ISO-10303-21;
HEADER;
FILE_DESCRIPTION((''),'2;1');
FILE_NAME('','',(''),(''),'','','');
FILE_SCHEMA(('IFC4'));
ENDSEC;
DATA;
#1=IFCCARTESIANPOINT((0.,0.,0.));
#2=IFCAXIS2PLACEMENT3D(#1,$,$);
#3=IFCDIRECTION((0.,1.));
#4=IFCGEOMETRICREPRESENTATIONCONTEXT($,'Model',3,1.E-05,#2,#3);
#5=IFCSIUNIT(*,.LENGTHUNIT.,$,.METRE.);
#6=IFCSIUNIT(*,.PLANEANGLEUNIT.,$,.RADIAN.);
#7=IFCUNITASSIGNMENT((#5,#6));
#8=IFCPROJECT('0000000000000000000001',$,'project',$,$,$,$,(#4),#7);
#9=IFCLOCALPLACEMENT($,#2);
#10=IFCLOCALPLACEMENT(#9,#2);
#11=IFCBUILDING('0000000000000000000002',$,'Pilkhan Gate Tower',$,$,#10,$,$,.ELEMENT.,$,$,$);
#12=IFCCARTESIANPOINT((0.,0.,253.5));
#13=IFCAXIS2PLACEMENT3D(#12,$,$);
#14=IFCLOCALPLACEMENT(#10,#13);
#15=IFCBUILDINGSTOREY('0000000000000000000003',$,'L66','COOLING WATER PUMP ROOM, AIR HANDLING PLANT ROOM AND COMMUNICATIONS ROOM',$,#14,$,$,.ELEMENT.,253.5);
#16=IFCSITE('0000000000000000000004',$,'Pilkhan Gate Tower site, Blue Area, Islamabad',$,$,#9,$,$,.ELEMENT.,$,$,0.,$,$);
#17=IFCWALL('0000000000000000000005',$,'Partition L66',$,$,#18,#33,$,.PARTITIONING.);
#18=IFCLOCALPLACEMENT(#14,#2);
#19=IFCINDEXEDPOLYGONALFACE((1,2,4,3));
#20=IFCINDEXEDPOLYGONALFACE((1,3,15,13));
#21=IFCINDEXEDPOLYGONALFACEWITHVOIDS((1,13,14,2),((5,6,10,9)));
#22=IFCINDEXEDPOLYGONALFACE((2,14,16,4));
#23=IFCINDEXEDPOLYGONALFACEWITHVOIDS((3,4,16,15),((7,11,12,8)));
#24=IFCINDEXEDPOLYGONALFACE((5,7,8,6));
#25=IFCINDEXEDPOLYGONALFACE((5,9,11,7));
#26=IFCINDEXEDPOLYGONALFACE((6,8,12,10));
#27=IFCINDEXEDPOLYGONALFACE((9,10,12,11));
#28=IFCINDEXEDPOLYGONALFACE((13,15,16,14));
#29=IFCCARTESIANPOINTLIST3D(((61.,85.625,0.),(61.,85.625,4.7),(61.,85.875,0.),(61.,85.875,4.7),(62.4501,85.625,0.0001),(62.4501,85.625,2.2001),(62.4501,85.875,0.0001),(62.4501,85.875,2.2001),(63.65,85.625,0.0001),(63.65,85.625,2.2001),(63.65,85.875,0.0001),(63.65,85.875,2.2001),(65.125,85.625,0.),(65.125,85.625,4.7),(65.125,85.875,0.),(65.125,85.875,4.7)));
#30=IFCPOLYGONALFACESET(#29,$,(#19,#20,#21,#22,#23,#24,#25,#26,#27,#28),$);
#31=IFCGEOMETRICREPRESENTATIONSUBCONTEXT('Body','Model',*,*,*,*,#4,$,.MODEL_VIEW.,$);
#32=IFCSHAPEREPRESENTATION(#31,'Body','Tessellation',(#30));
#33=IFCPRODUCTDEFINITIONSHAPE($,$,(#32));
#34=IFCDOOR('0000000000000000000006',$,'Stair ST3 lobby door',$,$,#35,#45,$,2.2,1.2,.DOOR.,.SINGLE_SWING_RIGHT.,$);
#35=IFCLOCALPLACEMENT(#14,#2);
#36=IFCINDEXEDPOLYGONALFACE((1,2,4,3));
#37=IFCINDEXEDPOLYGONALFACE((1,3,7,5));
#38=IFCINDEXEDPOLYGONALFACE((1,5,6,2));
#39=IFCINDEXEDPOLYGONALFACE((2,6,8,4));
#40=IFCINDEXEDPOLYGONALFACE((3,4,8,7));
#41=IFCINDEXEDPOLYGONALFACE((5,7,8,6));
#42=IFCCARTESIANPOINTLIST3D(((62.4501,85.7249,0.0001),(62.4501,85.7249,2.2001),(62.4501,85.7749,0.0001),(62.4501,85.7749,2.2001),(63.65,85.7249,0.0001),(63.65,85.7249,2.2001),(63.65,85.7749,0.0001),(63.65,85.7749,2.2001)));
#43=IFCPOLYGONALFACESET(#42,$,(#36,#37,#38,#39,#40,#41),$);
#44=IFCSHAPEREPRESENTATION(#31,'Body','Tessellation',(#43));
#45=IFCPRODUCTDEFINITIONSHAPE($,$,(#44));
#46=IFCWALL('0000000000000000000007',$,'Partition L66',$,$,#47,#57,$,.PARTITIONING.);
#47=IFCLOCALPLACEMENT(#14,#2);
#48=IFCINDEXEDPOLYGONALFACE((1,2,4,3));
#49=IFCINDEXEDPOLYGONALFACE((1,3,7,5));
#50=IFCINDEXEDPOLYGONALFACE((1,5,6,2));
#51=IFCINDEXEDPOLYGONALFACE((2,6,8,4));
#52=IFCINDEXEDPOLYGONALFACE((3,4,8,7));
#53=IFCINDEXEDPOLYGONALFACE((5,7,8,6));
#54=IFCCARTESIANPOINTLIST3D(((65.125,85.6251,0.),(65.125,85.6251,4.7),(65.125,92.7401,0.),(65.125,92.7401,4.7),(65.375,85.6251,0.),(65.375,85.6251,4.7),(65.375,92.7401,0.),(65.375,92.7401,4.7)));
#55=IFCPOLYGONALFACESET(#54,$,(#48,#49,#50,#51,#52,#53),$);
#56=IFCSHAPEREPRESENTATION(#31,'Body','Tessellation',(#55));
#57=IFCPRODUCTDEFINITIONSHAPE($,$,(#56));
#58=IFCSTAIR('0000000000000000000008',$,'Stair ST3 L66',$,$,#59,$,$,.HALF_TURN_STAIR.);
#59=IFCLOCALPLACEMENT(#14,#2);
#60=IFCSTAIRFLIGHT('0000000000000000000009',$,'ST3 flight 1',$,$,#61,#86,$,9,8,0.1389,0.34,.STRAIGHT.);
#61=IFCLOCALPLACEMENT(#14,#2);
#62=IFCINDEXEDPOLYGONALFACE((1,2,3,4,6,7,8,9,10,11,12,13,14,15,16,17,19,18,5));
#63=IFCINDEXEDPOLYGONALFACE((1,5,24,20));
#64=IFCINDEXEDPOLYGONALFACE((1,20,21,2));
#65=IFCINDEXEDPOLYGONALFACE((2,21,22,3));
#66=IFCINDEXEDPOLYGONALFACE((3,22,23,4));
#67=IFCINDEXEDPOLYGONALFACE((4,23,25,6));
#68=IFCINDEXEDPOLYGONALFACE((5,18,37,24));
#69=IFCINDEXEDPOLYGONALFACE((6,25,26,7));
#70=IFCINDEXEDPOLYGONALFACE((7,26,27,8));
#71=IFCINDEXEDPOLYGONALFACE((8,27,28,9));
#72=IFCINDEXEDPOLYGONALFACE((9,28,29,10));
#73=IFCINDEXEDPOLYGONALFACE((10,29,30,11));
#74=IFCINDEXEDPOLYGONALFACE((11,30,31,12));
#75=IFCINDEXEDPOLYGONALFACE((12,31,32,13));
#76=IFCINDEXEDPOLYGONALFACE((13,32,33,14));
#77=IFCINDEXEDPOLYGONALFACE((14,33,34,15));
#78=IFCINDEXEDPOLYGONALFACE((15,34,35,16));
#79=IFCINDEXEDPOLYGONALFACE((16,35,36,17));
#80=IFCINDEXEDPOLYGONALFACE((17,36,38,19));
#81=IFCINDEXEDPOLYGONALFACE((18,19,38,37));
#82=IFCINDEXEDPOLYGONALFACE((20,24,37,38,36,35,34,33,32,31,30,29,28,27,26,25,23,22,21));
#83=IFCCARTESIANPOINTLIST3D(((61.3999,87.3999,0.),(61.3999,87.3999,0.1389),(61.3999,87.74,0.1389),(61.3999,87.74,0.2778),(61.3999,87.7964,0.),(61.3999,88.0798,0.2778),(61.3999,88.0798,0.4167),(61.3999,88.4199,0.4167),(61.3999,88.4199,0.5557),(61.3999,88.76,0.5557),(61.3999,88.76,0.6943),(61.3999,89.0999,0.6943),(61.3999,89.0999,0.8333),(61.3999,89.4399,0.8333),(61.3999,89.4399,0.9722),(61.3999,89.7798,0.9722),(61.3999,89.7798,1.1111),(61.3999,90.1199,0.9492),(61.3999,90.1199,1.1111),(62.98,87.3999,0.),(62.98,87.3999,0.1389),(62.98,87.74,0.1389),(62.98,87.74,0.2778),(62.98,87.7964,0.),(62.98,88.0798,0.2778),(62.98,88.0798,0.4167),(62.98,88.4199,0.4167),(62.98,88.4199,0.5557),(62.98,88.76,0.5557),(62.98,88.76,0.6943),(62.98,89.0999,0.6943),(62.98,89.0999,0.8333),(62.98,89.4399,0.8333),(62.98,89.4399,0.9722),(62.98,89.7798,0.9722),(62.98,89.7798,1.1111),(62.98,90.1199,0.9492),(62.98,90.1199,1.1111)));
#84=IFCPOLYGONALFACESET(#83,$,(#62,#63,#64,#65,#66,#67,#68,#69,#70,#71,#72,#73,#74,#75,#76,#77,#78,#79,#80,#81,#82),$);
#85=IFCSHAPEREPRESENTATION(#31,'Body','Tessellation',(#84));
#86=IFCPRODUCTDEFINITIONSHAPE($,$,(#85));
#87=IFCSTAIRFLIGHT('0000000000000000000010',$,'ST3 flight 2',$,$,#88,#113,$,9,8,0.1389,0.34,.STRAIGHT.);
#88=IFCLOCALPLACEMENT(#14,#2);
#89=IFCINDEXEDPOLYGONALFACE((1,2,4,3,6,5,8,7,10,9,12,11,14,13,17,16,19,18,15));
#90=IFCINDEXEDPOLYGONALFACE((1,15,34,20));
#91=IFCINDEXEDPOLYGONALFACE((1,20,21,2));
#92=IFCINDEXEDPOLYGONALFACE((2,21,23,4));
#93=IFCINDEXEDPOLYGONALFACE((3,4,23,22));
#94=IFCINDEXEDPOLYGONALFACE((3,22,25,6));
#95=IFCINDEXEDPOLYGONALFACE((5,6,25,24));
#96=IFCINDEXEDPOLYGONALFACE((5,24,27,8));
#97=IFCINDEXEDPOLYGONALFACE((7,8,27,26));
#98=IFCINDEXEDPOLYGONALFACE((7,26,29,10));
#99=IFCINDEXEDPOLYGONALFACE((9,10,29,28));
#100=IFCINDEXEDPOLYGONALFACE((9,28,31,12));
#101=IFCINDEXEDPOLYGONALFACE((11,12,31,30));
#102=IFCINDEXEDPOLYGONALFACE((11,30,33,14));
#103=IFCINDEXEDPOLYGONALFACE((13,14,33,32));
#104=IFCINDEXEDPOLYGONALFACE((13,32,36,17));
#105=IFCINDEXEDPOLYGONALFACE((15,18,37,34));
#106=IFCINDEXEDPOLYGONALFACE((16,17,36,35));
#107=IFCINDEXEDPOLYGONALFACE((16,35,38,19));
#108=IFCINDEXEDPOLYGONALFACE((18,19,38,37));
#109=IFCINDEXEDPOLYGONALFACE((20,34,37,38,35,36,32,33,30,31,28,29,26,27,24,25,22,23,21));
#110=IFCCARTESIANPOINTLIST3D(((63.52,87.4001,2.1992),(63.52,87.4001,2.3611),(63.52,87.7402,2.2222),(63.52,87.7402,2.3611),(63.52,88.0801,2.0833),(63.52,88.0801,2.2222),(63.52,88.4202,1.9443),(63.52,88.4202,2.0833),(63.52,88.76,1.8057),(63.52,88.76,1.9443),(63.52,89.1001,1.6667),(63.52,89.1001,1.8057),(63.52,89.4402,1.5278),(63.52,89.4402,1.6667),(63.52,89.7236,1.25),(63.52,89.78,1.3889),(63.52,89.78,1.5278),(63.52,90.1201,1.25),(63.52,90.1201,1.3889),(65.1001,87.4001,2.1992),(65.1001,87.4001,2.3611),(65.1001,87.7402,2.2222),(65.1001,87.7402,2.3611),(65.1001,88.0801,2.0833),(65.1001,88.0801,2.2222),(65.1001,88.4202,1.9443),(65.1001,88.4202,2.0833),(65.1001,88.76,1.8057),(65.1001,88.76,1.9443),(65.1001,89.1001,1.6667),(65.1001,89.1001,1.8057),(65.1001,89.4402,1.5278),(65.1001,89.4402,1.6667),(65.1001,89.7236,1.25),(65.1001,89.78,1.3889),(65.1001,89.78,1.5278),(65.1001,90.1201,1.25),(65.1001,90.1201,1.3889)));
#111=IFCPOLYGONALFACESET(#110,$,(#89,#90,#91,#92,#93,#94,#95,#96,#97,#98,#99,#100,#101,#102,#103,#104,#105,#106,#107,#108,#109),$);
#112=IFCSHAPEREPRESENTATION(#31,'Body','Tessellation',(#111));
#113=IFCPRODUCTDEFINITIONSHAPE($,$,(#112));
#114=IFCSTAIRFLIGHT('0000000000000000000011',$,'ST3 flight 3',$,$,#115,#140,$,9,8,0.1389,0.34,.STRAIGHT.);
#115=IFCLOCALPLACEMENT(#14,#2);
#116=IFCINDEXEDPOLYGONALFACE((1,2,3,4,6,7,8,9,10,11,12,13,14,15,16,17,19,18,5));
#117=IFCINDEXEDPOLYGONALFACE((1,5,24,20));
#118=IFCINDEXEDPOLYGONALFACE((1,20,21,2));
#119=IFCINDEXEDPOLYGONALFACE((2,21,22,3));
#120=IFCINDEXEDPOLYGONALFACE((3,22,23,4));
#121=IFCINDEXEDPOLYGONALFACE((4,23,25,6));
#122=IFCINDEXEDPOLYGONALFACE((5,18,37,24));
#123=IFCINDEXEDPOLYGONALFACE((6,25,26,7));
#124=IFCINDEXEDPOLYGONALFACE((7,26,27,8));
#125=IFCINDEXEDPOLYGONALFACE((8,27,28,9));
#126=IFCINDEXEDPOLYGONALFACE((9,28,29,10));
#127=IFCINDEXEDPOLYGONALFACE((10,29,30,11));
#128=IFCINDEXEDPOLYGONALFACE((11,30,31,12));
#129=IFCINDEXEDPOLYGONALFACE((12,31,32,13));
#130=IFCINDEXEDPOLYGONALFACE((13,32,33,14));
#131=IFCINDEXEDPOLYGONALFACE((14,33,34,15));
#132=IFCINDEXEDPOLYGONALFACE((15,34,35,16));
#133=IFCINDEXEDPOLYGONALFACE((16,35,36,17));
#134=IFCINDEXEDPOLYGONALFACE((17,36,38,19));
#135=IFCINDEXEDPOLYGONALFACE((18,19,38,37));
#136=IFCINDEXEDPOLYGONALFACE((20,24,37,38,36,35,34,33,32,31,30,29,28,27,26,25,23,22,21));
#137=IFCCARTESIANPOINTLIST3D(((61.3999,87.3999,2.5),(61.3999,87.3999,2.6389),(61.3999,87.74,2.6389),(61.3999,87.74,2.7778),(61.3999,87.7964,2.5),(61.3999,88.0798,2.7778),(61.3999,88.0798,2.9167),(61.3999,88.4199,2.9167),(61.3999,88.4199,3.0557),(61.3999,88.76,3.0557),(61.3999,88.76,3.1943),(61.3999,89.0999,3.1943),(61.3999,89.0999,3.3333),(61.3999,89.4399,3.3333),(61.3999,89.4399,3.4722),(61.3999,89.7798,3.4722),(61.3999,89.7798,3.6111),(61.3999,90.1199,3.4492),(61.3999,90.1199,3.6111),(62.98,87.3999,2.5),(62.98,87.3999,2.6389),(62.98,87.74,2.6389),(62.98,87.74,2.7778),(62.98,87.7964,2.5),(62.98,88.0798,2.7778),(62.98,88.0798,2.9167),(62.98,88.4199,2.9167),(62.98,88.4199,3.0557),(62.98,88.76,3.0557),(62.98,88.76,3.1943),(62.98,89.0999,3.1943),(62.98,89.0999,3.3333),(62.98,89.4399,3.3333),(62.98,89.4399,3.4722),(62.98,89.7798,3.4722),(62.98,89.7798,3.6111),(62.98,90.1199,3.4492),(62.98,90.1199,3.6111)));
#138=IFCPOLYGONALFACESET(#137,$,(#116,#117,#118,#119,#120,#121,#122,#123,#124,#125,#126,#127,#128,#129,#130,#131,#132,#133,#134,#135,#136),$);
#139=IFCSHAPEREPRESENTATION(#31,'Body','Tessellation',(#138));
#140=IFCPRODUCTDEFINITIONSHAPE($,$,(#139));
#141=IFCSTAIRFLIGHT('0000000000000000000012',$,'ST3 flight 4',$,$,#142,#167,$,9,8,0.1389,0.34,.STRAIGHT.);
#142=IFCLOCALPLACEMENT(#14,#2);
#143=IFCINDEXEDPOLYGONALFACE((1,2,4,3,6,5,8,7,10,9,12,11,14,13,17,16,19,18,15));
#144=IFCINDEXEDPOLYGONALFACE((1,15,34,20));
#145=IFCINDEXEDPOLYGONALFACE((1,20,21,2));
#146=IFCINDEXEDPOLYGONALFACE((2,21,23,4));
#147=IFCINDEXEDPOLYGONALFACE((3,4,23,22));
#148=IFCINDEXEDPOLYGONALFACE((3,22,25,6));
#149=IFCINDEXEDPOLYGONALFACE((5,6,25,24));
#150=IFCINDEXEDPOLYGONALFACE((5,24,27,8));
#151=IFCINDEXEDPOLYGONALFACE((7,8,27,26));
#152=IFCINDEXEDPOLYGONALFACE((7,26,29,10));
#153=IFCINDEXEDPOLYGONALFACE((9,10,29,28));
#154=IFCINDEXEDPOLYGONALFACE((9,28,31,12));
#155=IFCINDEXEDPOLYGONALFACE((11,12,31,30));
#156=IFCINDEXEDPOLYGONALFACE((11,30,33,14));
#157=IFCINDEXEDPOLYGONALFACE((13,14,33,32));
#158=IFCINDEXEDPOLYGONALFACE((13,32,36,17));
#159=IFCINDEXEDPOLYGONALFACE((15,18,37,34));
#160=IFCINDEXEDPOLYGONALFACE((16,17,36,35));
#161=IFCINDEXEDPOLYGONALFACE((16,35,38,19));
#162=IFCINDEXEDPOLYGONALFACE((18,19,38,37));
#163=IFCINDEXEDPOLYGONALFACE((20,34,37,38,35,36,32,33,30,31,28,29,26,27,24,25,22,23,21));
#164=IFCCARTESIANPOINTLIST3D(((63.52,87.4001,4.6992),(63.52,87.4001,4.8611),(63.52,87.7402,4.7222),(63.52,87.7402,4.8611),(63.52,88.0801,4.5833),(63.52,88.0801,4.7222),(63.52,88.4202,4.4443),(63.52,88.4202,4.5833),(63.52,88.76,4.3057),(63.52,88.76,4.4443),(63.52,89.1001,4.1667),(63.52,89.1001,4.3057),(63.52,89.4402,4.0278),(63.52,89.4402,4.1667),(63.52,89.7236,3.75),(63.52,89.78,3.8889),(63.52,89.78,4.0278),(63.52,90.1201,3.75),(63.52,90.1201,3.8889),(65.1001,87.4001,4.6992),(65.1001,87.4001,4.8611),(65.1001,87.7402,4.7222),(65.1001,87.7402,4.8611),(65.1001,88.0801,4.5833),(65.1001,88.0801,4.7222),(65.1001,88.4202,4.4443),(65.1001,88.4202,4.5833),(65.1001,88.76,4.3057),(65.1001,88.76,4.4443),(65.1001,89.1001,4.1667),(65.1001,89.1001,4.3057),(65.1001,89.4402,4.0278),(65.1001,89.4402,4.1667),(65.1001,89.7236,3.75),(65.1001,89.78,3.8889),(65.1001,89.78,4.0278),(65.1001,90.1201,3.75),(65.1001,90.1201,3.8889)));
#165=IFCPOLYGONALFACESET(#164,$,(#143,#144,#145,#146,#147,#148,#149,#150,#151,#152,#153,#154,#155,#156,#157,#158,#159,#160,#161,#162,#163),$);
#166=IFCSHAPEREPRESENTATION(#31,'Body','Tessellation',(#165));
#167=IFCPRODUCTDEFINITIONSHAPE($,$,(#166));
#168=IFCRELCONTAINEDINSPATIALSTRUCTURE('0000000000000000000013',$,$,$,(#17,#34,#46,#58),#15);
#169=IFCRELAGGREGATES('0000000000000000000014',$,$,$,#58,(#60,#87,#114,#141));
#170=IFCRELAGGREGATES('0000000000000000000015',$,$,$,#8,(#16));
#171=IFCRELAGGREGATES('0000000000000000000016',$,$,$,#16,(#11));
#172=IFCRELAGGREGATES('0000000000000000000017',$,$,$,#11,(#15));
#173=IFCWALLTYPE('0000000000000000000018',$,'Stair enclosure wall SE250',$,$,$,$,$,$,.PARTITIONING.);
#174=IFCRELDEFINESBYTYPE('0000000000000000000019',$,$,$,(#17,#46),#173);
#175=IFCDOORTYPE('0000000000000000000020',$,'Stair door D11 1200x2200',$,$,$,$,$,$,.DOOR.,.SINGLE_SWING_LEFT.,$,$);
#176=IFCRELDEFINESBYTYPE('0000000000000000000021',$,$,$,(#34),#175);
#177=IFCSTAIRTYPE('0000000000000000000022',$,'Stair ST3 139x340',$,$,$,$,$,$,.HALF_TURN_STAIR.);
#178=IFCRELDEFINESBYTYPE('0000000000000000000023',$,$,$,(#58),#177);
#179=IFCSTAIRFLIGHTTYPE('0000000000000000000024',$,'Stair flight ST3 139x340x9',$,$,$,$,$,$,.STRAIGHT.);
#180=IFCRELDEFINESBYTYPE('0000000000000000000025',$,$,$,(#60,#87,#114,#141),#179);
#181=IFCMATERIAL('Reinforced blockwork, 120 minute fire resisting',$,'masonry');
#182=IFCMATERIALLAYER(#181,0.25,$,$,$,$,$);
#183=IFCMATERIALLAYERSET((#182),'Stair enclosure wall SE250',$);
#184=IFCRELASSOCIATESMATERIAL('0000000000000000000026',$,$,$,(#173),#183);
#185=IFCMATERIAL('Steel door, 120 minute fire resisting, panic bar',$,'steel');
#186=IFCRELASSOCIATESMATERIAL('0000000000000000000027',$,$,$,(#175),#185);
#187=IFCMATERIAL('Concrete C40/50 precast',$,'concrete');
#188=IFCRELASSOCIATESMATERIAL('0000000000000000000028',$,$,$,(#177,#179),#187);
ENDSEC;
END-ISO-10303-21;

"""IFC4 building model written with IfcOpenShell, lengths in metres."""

from ifc_helpers import new_model, si_unit, direction, frame, frame_2d, origin, place, context, subcontext, project, spatial, polyline, rectangle, outline, extrude, material, layer, layer_set, type_object, element, fill, aggregate, save


model = new_model("IFC4")

# Units and contexts
model_context = context("Model", 3, precision=1e-05, world=origin(), true_north=direction((0.0, 1.0)))
body_context = subcontext(model_context, "Body", "Model", "MODEL_VIEW")
ifc_project = project(units=[si_unit("LENGTHUNIT", "METRE"), si_unit("PLANEANGLEUNIT", "RADIAN")], contexts=[model_context])

# Site, building, storey
site_placement = place(None, origin())
site = spatial("IfcSite", under=ifc_project, at=site_placement, Name="Pilkhan Gate Tower site, Blue Area, Islamabad", CompositionType="ELEMENT", RefElevation=0.0)
building_placement = place(site_placement, origin())
building = spatial("IfcBuilding", under=site, at=building_placement, Name="Pilkhan Gate Tower", CompositionType="ELEMENT")
storey_placement = place(building_placement, frame((0.0, 0.0, 253.5)))
storey = spatial("IfcBuildingStorey", under=building, at=storey_placement, Name="L66", Description="COOLING WATER PUMP ROOM, AIR HANDLING PLANT ROOM AND COMMUNICATIONS ROOM", CompositionType="ELEMENT", Elevation=253.5)

# Wall, opening, door
ifc_material_1 = material(Name="Reinforced blockwork, 120 minute fire resisting", Category="masonry")
ifc_layer_1 = layer(ifc_material_1, 0.25)
ifc_layer_set_1 = layer_set([ifc_layer_1], Name="Stair enclosure wall SE250")
wall_type_1 = type_object("IfcWallType", Name="Stair enclosure wall SE250", PredefinedType="PARTITIONING", material=ifc_layer_set_1)
wall_1_placement = place(storey_placement, frame((61.0, 85.75, 0.0), z_axis=(0.0, 0.0, 1.0), x_axis=(1.0, 0.0, 0.0)))
wall_1 = element("IfcWall", 1, at=wall_1_placement, inside=storey, type_object=wall_type_1, Name="Partition L66", PredefinedType="PARTITIONING", context=body_context, shape_type="SweptSolid", body=[
    extrude(rectangle(XDim=4.125, YDim=0.25, at=frame_2d((2.0625, 0.0))), origin(), (0.0, 0.0, 1.0), 4.7),
])
opening_1_placement = place(wall_1_placement, frame((1.45, 0.0, 0.0)))
opening_1 = element("IfcOpeningElement", 2, at=opening_1_placement, cuts=wall_1, PredefinedType="OPENING", context=body_context, shape_type="SweptSolid", body=[
    extrude(rectangle(XDim=1.2, YDim=2.2, at=frame_2d((0.6001, 1.1001))), frame((0.0, 0.135, 0.0), z_axis=(0.0, -1.0, 0.0), x_axis=(1.0, 0.0, 0.0)), (0.0, 0.0, 1.0), 0.27),
])
ifc_material_2 = material(Name="Steel door, 120 minute fire resisting, panic bar", Category="steel")
door_type_1 = type_object("IfcDoorType", Name="Stair door D11 1200x2200", OperationType="SINGLE_SWING_LEFT", PredefinedType="DOOR", material=ifc_material_2)
door_1_placement = place(opening_1_placement, origin())
door_1 = element("IfcDoor", 3, at=door_1_placement, inside=storey, type_object=door_type_1, Name="Stair ST3 lobby door", OperationType="SINGLE_SWING_RIGHT", OverallHeight=2.2, OverallWidth=1.2, PredefinedType="DOOR", context=body_context, shape_type="SweptSolid", body=[
    extrude(rectangle(XDim=1.2, YDim=2.2, at=frame_2d((0.6001, 1.1001))), frame((0.0, 0.0249, 0.0), z_axis=(0.0, -1.0, 0.0), x_axis=(1.0, 0.0, 0.0)), (0.0, 0.0, 1.0), 0.05),
])
fill(opening_1, door_1)

# Wall
wall_2_placement = place(storey_placement, frame((65.25, 85.625, 0.0), z_axis=(0.0, 0.0, 1.0), x_axis=(0.0, 1.0, 0.0)))
element("IfcWall", 4, at=wall_2_placement, inside=storey, type_object=wall_type_1, Name="Partition L66", PredefinedType="PARTITIONING", context=body_context, shape_type="SweptSolid", body=[
    extrude(rectangle(XDim=7.115, YDim=0.25, at=frame_2d((3.5576, 0.0))), origin(), (0.0, 0.0, 1.0), 4.7),
])

# Stair, stair flights
ifc_material_3 = material(Name="Concrete C40/50 precast", Category="concrete")
stair_type = type_object("IfcStairType", Name="Stair ST3 139x340", PredefinedType="HALF_TURN_STAIR", material=ifc_material_3)
stair_placement = place(storey_placement, origin())
stair = element("IfcStair", 5, at=stair_placement, inside=storey, type_object=stair_type, Name="Stair ST3 L66", PredefinedType="HALF_TURN_STAIR")
stair_flight_type = type_object("IfcStairFlightType", Name="Stair flight ST3 139x340x9", PredefinedType="STRAIGHT", material=ifc_material_3)
stair_flight_1_placement = place(storey_placement, frame((62.1899, 87.3999, 0.0), z_axis=(0.0, 0.0, 1.0), x_axis=(0.0, 1.0, 0.0)))
stair_flight_1 = element("IfcStairFlight", 6, at=stair_flight_1_placement, type_object=stair_flight_type, Name="ST3 flight 1", NumberOfRisers=9, NumberOfTreads=8, PredefinedType="STRAIGHT", RiserHeight=0.1389, TreadLength=0.34, context=body_context, shape_type="SweptSolid", body=[
    extrude(outline(polyline([(0.0, 0.0), (0.0, 0.1389), (0.3401, 0.1389), (0.3401, 0.2778), (0.6799, 0.2778), (0.6799, 0.4167), (1.02, 0.4167), (1.02, 0.5557), (1.3601, 0.5557), (1.3601, 0.6943), (1.7, 0.6943), (1.7, 0.8333), (2.04, 0.8333), (2.04, 0.9722), (2.3799, 0.9722), (2.3799, 1.1111), (2.72, 1.1111), (2.72, 1.25), (2.72, 0.9492), (0.3965, 0.0), (0.0, 0.0)])), frame((0.0, 0.79, 0.0), z_axis=(0.0, -1.0, 0.0), x_axis=(1.0, 0.0, 0.0)), (0.0, 0.0, 1.0), 1.5801),
])
stair_flight_2_placement = place(storey_placement, frame((64.3101, 90.1201, 1.25), z_axis=(0.0, 0.0, 1.0), x_axis=(0.0, -1.0, 0.0)))
stair_flight_2 = element("IfcStairFlight", 7, at=stair_flight_2_placement, type_object=stair_flight_type, Name="ST3 flight 2", NumberOfRisers=9, NumberOfTreads=8, PredefinedType="STRAIGHT", RiserHeight=0.1389, TreadLength=0.34, context=body_context, shape_type="SweptSolid", body=[
    extrude(outline(polyline([(0.0, 0.0), (0.0, 0.1389), (0.3401, 0.1389), (0.3401, 0.2778), (0.6799, 0.2778), (0.6799, 0.4167), (1.02, 0.4167), (1.02, 0.5557), (1.3601, 0.5557), (1.3601, 0.6943), (1.7, 0.6943), (1.7, 0.8333), (2.04, 0.8333), (2.04, 0.9722), (2.3799, 0.9722), (2.3799, 1.1111), (2.72, 1.1111), (2.72, 1.25), (2.72, 0.9492), (0.3965, 0.0), (0.0, 0.0)])), frame((0.0, 0.79, 0.0), z_axis=(0.0, -1.0, 0.0), x_axis=(1.0, 0.0, 0.0)), (0.0, 0.0, 1.0), 1.5801),
])
stair_flight_3_placement = place(storey_placement, frame((62.1899, 87.3999, 2.5), z_axis=(0.0, 0.0, 1.0), x_axis=(0.0, 1.0, 0.0)))
stair_flight_3 = element("IfcStairFlight", 8, at=stair_flight_3_placement, type_object=stair_flight_type, Name="ST3 flight 3", NumberOfRisers=9, NumberOfTreads=8, PredefinedType="STRAIGHT", RiserHeight=0.1389, TreadLength=0.34, context=body_context, shape_type="SweptSolid", body=[
    extrude(outline(polyline([(0.0, 0.0), (0.0, 0.1389), (0.3401, 0.1389), (0.3401, 0.2778), (0.6799, 0.2778), (0.6799, 0.4167), (1.02, 0.4167), (1.02, 0.5557), (1.3601, 0.5557), (1.3601, 0.6943), (1.7, 0.6943), (1.7, 0.8333), (2.04, 0.8333), (2.04, 0.9722), (2.3799, 0.9722), (2.3799, 1.1111), (2.72, 1.1111), (2.72, 1.25), (2.72, 0.9492), (0.3965, 0.0), (0.0, 0.0)])), frame((0.0, 0.79, 0.0), z_axis=(0.0, -1.0, 0.0), x_axis=(1.0, 0.0, 0.0)), (0.0, 0.0, 1.0), 1.5801),
])
stair_flight_4_placement = place(storey_placement, frame((64.3101, 90.1201, 3.75), z_axis=(0.0, 0.0, 1.0), x_axis=(0.0, -1.0, 0.0)))
stair_flight_4 = element("IfcStairFlight", 9, at=stair_flight_4_placement, type_object=stair_flight_type, Name="ST3 flight 4", NumberOfRisers=9, NumberOfTreads=8, PredefinedType="STRAIGHT", RiserHeight=0.1389, TreadLength=0.34, context=body_context, shape_type="SweptSolid", body=[
    extrude(outline(polyline([(0.0, 0.0), (0.0, 0.1389), (0.3401, 0.1389), (0.3401, 0.2778), (0.6799, 0.2778), (0.6799, 0.4167), (1.02, 0.4167), (1.02, 0.5557), (1.3601, 0.5557), (1.3601, 0.6943), (1.7, 0.6943), (1.7, 0.8333), (2.04, 0.8333), (2.04, 0.9722), (2.3799, 0.9722), (2.3799, 1.1111), (2.72, 1.1111), (2.72, 1.25), (2.72, 0.9492), (0.3965, 0.0), (0.0, 0.0)])), frame((0.0, 0.79, 0.0), z_axis=(0.0, -1.0, 0.0), x_axis=(1.0, 0.0, 0.0)), (0.0, 0.0, 1.0), 1.5801),
])
aggregate(stair, [stair_flight_1, stair_flight_2, stair_flight_3, stair_flight_4])

save(model, "model.ifc")
